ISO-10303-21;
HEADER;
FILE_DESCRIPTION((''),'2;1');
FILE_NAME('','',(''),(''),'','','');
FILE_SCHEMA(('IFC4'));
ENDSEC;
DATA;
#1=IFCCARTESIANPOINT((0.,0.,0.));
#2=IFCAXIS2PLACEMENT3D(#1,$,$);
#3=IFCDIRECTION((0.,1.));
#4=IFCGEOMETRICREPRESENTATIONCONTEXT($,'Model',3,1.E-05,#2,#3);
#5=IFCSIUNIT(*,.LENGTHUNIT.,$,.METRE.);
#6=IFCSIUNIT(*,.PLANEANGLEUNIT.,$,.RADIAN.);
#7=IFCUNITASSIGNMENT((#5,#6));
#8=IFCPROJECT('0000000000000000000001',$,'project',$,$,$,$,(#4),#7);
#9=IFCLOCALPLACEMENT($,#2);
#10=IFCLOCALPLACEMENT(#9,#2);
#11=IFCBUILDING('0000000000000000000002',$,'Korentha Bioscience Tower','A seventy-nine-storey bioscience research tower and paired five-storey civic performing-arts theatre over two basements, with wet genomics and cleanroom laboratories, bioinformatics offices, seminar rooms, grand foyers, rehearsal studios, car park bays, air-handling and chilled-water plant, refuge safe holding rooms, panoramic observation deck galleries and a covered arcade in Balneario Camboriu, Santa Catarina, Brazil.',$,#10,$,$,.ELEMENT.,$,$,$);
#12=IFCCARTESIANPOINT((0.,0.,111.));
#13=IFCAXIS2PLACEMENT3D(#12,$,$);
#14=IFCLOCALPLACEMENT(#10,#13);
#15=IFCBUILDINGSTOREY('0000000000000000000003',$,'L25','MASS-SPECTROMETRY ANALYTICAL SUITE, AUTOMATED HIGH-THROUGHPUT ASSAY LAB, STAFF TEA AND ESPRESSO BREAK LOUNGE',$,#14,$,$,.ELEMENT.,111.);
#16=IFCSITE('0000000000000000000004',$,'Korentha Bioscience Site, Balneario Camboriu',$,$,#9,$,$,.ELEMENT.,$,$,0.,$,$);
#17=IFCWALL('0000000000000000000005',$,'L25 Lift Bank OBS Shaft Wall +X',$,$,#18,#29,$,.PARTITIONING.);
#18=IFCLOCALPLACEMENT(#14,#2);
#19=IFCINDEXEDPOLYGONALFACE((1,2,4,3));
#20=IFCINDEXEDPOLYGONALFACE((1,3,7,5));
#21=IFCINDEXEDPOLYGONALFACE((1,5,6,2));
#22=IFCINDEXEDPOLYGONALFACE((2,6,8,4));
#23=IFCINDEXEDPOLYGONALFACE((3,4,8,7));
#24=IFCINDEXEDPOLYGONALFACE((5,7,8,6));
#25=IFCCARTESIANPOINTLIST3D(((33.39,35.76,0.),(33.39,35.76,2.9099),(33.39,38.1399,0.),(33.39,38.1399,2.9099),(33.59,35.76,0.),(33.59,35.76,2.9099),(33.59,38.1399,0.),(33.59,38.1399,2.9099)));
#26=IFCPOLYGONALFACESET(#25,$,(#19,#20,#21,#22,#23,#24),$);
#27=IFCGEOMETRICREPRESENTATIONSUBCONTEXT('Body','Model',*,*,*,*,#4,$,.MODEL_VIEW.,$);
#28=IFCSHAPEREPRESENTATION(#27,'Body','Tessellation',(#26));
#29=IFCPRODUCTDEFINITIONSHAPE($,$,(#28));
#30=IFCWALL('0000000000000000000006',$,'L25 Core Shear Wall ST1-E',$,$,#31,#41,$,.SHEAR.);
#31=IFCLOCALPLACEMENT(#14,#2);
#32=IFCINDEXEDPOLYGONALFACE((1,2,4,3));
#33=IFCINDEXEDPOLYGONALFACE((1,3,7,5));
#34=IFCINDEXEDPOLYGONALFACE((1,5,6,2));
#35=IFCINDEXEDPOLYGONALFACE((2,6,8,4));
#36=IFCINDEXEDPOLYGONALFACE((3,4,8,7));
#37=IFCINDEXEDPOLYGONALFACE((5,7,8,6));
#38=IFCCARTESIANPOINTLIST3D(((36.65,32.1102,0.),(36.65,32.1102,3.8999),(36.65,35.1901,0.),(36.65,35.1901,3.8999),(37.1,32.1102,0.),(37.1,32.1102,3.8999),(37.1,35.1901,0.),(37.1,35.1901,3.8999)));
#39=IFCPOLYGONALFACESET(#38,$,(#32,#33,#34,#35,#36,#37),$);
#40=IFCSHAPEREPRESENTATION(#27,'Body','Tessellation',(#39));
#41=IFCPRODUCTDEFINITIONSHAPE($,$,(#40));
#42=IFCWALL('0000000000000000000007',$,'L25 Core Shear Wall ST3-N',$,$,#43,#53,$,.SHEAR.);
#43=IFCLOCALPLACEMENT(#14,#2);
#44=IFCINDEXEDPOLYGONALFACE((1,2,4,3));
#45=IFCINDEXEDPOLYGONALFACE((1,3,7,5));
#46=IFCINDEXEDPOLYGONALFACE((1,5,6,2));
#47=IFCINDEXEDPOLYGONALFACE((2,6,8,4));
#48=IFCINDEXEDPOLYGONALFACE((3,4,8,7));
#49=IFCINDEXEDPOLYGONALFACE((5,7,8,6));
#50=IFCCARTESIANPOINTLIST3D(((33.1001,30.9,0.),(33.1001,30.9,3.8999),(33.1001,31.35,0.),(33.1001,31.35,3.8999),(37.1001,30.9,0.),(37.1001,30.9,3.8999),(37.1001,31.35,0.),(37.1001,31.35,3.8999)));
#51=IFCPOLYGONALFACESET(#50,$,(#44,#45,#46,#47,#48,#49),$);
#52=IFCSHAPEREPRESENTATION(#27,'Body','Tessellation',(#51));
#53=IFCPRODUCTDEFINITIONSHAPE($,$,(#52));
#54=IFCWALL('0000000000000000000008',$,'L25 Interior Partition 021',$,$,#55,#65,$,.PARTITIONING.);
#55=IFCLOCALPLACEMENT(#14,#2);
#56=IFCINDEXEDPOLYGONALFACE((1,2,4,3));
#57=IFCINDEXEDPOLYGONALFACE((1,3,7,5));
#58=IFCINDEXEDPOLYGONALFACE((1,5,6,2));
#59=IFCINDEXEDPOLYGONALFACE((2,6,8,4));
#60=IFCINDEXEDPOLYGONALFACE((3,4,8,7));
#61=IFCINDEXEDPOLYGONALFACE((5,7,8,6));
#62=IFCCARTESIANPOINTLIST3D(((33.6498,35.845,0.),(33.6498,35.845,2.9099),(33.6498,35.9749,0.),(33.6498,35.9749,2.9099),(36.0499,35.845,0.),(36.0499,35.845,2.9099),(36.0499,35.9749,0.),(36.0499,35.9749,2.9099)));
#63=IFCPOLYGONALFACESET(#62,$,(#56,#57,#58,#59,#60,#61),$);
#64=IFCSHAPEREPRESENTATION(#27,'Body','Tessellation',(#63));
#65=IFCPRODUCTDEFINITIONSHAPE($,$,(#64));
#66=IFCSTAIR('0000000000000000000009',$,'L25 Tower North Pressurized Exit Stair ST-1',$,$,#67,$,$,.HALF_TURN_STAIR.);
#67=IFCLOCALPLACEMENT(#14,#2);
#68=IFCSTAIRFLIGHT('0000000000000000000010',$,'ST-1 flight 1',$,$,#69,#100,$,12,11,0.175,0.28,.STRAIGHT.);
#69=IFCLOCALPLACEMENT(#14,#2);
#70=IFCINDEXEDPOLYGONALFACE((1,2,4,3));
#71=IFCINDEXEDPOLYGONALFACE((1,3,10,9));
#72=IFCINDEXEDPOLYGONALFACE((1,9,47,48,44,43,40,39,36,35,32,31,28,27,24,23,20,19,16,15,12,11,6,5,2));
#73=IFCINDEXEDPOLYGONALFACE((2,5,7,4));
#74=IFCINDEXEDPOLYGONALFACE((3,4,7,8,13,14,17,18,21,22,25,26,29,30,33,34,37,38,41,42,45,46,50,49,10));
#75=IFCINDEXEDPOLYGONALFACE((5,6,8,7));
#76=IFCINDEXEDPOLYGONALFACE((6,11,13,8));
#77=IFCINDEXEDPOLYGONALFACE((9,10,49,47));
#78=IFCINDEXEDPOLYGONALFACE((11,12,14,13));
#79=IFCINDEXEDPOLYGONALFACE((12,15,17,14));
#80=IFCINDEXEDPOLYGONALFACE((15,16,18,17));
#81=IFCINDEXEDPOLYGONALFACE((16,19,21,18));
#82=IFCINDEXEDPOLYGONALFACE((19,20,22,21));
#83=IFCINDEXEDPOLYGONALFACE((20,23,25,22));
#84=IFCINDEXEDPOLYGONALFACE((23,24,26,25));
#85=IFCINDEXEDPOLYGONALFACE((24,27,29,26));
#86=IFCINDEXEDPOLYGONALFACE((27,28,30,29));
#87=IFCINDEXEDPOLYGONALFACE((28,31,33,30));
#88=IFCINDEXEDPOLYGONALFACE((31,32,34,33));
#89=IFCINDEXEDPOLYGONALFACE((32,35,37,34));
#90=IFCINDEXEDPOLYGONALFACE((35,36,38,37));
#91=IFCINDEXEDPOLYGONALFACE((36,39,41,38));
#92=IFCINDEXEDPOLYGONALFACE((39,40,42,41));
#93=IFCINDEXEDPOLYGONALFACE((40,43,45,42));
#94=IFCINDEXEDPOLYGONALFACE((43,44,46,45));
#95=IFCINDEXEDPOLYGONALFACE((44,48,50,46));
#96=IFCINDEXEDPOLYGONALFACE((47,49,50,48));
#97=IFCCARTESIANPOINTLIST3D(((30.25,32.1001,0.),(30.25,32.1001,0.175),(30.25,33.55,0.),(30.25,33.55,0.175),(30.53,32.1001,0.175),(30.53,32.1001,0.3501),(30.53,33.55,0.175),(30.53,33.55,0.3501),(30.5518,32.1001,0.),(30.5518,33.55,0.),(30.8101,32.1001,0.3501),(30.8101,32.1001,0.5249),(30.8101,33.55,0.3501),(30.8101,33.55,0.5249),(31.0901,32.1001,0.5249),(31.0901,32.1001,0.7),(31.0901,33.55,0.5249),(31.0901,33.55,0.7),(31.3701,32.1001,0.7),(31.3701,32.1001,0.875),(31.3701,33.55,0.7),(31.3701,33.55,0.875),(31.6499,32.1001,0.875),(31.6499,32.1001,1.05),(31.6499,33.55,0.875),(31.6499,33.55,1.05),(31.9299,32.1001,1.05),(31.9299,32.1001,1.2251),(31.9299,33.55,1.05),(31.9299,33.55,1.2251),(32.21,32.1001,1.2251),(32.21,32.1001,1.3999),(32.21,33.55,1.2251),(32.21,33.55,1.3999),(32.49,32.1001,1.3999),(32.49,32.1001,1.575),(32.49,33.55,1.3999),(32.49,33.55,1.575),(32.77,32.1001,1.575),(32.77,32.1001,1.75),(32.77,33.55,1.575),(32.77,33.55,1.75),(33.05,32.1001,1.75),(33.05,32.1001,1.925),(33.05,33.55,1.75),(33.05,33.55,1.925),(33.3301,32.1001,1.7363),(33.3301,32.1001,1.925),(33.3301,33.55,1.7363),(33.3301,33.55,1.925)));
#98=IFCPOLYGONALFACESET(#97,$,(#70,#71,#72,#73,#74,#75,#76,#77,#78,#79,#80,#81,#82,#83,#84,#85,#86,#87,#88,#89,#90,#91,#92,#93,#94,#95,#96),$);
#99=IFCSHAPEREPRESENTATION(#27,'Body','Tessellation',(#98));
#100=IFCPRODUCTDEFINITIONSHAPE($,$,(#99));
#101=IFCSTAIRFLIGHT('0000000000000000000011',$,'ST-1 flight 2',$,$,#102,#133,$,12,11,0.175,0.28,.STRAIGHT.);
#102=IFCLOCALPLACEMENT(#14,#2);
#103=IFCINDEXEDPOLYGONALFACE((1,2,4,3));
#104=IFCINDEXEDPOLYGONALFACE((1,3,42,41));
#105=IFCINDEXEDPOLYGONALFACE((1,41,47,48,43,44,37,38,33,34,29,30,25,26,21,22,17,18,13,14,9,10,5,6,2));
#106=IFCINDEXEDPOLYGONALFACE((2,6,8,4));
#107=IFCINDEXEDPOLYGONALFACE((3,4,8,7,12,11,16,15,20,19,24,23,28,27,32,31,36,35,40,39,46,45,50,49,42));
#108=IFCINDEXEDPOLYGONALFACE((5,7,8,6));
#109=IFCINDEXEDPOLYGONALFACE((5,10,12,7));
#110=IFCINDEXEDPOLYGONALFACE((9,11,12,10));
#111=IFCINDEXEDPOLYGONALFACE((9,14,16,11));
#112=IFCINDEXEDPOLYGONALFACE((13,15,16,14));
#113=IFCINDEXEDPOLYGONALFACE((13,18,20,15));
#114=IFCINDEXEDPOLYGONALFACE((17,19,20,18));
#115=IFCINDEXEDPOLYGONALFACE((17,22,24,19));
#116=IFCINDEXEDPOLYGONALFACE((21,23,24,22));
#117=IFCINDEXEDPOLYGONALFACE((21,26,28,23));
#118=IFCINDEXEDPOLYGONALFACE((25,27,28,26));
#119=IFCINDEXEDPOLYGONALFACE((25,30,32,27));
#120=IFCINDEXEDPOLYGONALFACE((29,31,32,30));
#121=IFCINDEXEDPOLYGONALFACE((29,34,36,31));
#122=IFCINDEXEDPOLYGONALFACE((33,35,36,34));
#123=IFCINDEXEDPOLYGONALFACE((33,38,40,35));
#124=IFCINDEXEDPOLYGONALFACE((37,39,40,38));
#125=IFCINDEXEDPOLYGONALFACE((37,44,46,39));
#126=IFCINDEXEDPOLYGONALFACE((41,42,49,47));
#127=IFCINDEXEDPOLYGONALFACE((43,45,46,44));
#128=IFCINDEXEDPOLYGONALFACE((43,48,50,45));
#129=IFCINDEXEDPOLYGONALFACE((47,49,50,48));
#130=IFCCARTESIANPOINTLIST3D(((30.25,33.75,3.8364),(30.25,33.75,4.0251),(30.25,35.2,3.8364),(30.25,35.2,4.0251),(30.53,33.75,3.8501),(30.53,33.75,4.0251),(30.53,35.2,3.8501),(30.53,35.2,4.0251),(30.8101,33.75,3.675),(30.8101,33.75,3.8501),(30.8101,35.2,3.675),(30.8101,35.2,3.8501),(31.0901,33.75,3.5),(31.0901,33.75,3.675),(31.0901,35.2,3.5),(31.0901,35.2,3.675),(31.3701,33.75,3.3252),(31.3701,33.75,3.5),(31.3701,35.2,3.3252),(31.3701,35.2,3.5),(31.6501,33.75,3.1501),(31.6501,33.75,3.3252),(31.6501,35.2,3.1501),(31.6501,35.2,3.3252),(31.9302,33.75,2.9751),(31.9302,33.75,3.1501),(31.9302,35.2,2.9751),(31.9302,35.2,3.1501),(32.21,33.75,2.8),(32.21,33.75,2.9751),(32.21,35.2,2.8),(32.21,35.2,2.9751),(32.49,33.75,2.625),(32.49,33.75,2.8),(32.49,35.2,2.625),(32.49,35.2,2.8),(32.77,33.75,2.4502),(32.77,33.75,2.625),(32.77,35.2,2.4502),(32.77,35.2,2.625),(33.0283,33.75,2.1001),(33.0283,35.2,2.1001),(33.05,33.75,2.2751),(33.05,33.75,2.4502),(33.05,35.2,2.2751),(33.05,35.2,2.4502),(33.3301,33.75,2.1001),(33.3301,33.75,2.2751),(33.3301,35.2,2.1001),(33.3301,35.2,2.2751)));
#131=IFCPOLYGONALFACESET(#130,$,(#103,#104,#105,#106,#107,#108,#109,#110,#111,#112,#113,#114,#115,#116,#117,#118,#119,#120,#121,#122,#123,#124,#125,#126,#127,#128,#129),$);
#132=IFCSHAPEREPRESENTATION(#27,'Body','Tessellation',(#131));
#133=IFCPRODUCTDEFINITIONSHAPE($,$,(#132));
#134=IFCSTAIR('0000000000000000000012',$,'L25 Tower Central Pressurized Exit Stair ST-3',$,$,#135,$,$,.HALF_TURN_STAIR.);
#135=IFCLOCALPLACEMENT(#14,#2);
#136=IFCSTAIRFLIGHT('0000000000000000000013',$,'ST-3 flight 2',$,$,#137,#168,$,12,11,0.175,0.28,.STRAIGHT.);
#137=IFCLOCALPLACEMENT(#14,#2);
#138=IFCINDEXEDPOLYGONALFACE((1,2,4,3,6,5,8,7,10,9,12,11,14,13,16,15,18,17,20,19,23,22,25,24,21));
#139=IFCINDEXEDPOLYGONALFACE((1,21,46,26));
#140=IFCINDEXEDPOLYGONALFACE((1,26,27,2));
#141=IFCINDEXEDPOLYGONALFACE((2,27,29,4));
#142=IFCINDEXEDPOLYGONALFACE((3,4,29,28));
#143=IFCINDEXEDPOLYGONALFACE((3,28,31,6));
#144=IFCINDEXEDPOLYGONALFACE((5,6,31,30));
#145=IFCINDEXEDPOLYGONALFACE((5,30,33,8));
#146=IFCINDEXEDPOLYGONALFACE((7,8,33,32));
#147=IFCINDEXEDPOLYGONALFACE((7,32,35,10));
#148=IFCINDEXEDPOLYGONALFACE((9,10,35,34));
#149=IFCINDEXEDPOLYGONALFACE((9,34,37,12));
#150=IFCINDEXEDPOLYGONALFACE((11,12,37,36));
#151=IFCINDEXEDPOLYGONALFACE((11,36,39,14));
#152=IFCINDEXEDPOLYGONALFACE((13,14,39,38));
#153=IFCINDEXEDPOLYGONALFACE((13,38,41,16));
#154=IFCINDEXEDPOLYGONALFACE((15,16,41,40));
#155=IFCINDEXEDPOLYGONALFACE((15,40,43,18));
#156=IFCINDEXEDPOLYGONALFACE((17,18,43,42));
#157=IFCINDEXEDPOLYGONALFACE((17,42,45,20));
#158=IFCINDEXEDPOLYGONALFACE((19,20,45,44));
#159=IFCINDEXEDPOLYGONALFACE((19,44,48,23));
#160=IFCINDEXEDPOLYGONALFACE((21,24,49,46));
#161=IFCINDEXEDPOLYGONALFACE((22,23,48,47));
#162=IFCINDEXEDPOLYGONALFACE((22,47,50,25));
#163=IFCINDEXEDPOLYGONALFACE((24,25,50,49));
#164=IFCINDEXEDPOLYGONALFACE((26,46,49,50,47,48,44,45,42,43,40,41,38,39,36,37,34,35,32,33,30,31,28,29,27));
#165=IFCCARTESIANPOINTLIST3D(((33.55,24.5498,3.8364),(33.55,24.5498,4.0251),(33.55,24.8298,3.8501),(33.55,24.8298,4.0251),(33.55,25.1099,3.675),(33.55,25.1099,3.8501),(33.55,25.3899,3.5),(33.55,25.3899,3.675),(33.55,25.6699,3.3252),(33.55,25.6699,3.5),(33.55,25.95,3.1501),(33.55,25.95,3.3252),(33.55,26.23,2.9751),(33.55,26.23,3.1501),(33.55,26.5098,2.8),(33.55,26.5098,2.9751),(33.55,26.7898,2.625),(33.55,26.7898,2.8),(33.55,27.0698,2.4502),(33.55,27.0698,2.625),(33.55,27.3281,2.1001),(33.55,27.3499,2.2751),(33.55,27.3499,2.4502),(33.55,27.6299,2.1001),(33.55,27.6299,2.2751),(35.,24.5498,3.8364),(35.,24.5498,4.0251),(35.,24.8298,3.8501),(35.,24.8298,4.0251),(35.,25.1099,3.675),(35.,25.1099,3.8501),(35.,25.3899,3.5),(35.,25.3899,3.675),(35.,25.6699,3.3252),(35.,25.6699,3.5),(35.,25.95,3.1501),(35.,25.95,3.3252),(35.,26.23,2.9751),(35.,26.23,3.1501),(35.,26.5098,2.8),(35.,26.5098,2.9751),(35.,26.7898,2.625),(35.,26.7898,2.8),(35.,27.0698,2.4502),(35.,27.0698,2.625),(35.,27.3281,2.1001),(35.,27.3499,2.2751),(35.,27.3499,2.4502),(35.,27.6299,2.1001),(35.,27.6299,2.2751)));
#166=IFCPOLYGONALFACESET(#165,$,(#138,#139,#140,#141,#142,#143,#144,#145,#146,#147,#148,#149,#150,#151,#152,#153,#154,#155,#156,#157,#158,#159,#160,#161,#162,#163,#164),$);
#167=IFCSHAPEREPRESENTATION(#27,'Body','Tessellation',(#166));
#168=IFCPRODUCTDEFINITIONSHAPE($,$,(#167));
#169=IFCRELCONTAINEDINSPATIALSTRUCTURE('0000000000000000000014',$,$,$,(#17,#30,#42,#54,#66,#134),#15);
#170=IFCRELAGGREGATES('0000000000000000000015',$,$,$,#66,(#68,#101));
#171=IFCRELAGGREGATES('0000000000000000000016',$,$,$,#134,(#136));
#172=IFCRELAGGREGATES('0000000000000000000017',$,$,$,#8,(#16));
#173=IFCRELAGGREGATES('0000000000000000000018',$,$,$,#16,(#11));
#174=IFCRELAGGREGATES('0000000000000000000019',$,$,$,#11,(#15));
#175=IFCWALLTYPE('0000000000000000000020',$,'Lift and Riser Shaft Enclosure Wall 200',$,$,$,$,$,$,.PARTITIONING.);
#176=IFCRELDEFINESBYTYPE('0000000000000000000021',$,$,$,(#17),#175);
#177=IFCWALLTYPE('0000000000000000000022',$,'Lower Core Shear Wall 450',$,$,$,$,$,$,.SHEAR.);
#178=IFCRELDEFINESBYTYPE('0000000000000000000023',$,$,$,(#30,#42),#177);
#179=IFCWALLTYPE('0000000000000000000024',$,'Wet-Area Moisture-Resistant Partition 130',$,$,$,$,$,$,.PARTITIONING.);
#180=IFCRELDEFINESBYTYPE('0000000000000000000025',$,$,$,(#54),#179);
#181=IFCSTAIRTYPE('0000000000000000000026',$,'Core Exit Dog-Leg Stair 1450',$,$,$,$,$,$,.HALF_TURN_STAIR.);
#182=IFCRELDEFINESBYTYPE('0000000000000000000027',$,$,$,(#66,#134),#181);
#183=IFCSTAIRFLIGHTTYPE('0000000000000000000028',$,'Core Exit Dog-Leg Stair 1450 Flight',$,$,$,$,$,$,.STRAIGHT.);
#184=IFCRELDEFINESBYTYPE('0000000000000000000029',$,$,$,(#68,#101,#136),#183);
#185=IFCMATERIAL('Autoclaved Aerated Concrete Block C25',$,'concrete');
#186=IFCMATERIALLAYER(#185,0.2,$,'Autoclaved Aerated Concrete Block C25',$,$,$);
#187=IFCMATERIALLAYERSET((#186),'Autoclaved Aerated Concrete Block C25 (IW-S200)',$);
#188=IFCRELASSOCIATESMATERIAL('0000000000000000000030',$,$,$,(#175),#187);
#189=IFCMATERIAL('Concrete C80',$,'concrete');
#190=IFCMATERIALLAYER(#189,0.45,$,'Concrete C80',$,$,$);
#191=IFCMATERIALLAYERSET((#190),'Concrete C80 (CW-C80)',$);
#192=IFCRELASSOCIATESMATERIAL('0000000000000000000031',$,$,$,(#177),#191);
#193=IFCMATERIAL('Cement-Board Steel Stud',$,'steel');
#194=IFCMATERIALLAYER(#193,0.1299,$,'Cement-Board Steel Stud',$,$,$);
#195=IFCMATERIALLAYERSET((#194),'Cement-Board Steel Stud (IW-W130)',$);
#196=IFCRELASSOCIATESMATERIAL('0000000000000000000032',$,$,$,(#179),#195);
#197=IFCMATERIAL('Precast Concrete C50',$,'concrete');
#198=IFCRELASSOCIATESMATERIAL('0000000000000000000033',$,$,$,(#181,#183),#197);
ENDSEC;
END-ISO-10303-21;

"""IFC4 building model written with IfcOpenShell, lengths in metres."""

from ifc_helpers import new_model, si_unit, direction, frame, frame_2d, origin, place, context, subcontext, project, spatial, polyline, rectangle, outline, extrude, material, layer, layer_set, type_object, element, aggregate, save


model = new_model("IFC4")

# Units and contexts
model_context = context("Model", 3, precision=1e-05, world=origin(), true_north=direction((0.0, 1.0)))
body_context = subcontext(model_context, "Body", "Model", "MODEL_VIEW")
ifc_project = project(units=[si_unit("LENGTHUNIT", "METRE"), si_unit("PLANEANGLEUNIT", "RADIAN")], contexts=[model_context])

# Site, building, storey
site_placement = place(None, origin())
site = spatial("IfcSite", under=ifc_project, at=site_placement, Name="Korentha Bioscience Site, Balneario Camboriu", CompositionType="ELEMENT", RefElevation=0.0)
building_placement = place(site_placement, origin())
building = spatial("IfcBuilding", under=site, at=building_placement, Name="Korentha Bioscience Tower", Description="A seventy-nine-storey bioscience research tower and paired five-storey civic performing-arts theatre over two basements, with wet genomics and cleanroom laboratories, bioinformatics offices, seminar rooms, grand foyers, rehearsal studios, car park bays, air-handling and chilled-water plant, refuge safe holding rooms, panoramic observation deck galleries and a covered arcade in Balneario Camboriu, Santa Catarina, Brazil.", CompositionType="ELEMENT")
storey_placement = place(building_placement, frame((0.0, 0.0, 111.0)))
storey = spatial("IfcBuildingStorey", under=building, at=storey_placement, Name="L25", Description="MASS-SPECTROMETRY ANALYTICAL SUITE, AUTOMATED HIGH-THROUGHPUT ASSAY LAB, STAFF TEA AND ESPRESSO BREAK LOUNGE", CompositionType="ELEMENT", Elevation=111.0)

# Walls
ifc_material_1 = material(Name="Autoclaved Aerated Concrete Block C25", Category="concrete")
ifc_layer_1 = layer(ifc_material_1, 0.2, Name="Autoclaved Aerated Concrete Block C25")
ifc_layer_set_1 = layer_set([ifc_layer_1], Name="Autoclaved Aerated Concrete Block C25 (IW-S200)")
wall_type_1 = type_object("IfcWallType", Name="Lift and Riser Shaft Enclosure Wall 200", PredefinedType="PARTITIONING", material=ifc_layer_set_1)
wall_1_placement = place(storey_placement, frame((33.49, 35.76, 0.0), z_axis=(0.0, 0.0, 1.0), x_axis=(0.0, 1.0, 0.0)))
element("IfcWall", 1, at=wall_1_placement, inside=storey, type_object=wall_type_1, Name="L25 Lift Bank OBS Shaft Wall +X", PredefinedType="PARTITIONING", context=body_context, shape_type="SweptSolid", body=[
    extrude(rectangle(XDim=2.3799, YDim=0.2, at=frame_2d((1.1899, 0.0))), origin(), (0.0, 0.0, 1.0), 2.9099),
])
ifc_material_2 = material(Name="Concrete C80", Category="concrete")
ifc_layer_2 = layer(ifc_material_2, 0.45, Name="Concrete C80")
ifc_layer_set_2 = layer_set([ifc_layer_2], Name="Concrete C80 (CW-C80)")
wall_type_2 = type_object("IfcWallType", Name="Lower Core Shear Wall 450", PredefinedType="SHEAR", material=ifc_layer_set_2)
wall_2_placement = place(storey_placement, frame((36.875, 32.1101, 0.0), z_axis=(0.0, 0.0, 1.0), x_axis=(0.0, 1.0, 0.0)))
element("IfcWall", 2, at=wall_2_placement, inside=storey, type_object=wall_type_2, Name="L25 Core Shear Wall ST1-E", PredefinedType="SHEAR", context=body_context, shape_type="SweptSolid", body=[
    extrude(rectangle(XDim=3.0798, YDim=0.45, at=frame_2d((1.54, 0.0))), origin(), (0.0, 0.0, 1.0), 3.8999),
])
wall_3_placement = place(storey_placement, frame((33.1001, 31.125, 0.0), z_axis=(0.0, 0.0, 1.0), x_axis=(1.0, 0.0, 0.0)))
element("IfcWall", 3, at=wall_3_placement, inside=storey, type_object=wall_type_2, Name="L25 Core Shear Wall ST3-N", PredefinedType="SHEAR", context=body_context, shape_type="SweptSolid", body=[
    extrude(rectangle(XDim=4.0, YDim=0.45, at=frame_2d((2.0, 0.0))), origin(), (0.0, 0.0, 1.0), 3.8999),
])
ifc_material_3 = material(Name="Cement-Board Steel Stud", Category="steel")
ifc_layer_3 = layer(ifc_material_3, 0.1299, Name="Cement-Board Steel Stud")
ifc_layer_set_3 = layer_set([ifc_layer_3], Name="Cement-Board Steel Stud (IW-W130)")
wall_type_3 = type_object("IfcWallType", Name="Wet-Area Moisture-Resistant Partition 130", PredefinedType="PARTITIONING", material=ifc_layer_set_3)
wall_4_placement = place(storey_placement, frame((36.05, 35.9099, 0.0), z_axis=(0.0, 0.0, 1.0), x_axis=(-1.0, 0.0, 0.0)))
element("IfcWall", 4, at=wall_4_placement, inside=storey, type_object=wall_type_3, Name="L25 Interior Partition 021", PredefinedType="PARTITIONING", context=body_context, shape_type="SweptSolid", body=[
    extrude(rectangle(XDim=2.4001, YDim=0.1299, at=frame_2d((1.2002, 0.0))), origin(), (0.0, 0.0, 1.0), 2.9099),
])

# Stair, stair flights
ifc_material_4 = material(Name="Precast Concrete C50", Category="concrete")
stair_type = type_object("IfcStairType", Name="Core Exit Dog-Leg Stair 1450", PredefinedType="HALF_TURN_STAIR", material=ifc_material_4)
stair_1_placement = place(storey_placement, origin())
stair_1 = element("IfcStair", 5, at=stair_1_placement, inside=storey, type_object=stair_type, Name="L25 Tower North Pressurized Exit Stair ST-1", PredefinedType="HALF_TURN_STAIR")
stair_flight_type = type_object("IfcStairFlightType", Name="Core Exit Dog-Leg Stair 1450 Flight", PredefinedType="STRAIGHT", material=ifc_material_4)
stair_flight_1_placement = place(storey_placement, frame((30.25, 32.825, 0.0), z_axis=(0.0, 0.0, 1.0), x_axis=(1.0, 0.0, 0.0)))
stair_flight_1 = element("IfcStairFlight", 6, at=stair_flight_1_placement, type_object=stair_flight_type, Name="ST-1 flight 1", NumberOfRisers=12, NumberOfTreads=11, PredefinedType="STRAIGHT", RiserHeight=0.175, TreadLength=0.28, context=body_context, shape_type="SweptSolid", body=[
    extrude(outline(polyline([(0.0, 0.0), (0.0, 0.175), (0.28, 0.175), (0.28, 0.3501), (0.5601, 0.3501), (0.5601, 0.5249), (0.8401, 0.5249), (0.8401, 0.7), (1.1201, 0.7), (1.1201, 0.875), (1.3999, 0.875), (1.3999, 1.05), (1.6799, 1.05), (1.6799, 1.2251), (1.96, 1.2251), (1.96, 1.3999), (2.24, 1.3999), (2.24, 1.575), (2.52, 1.575), (2.52, 1.75), (2.8, 1.75), (2.8, 1.925), (3.0801, 1.925), (3.0801, 2.1001), (3.0801, 1.7363), (0.3018, 0.0), (0.0, 0.0)])), frame((0.0, 0.7251, 0.0), z_axis=(0.0, -1.0, 0.0), x_axis=(1.0, 0.0, 0.0)), (0.0, 0.0, 1.0), 1.45),
])
stair_flight_2_placement = place(storey_placement, frame((33.3301, 34.4751, 2.1001), z_axis=(0.0, 0.0, 1.0), x_axis=(-1.0, 0.0, 0.0)))
stair_flight_2 = element("IfcStairFlight", 7, at=stair_flight_2_placement, type_object=stair_flight_type, Name="ST-1 flight 2", NumberOfRisers=12, NumberOfTreads=11, PredefinedType="STRAIGHT", RiserHeight=0.175, TreadLength=0.28, context=body_context, shape_type="SweptSolid", body=[
    extrude(outline(polyline([(0.0, 0.0), (0.0, 0.175), (0.28, 0.175), (0.28, 0.3501), (0.5601, 0.3501), (0.5601, 0.5249), (0.8401, 0.5249), (0.8401, 0.7), (1.1201, 0.7), (1.1201, 0.875), (1.3999, 0.875), (1.3999, 1.05), (1.6799, 1.05), (1.6799, 1.2251), (1.96, 1.2251), (1.96, 1.3999), (2.24, 1.3999), (2.24, 1.575), (2.52, 1.575), (2.52, 1.75), (2.8, 1.75), (2.8, 1.925), (3.0801, 1.925), (3.0801, 2.1001), (3.0801, 1.7363), (0.3018, 0.0), (0.0, 0.0)])), frame((0.0, 0.7251, 0.0), z_axis=(0.0, -1.0, 0.0), x_axis=(1.0, 0.0, 0.0)), (0.0, 0.0, 1.0), 1.45),
])
aggregate(stair_1, [stair_flight_1, stair_flight_2])

# Stair, stair flight
stair_2_placement = place(storey_placement, origin())
stair_2 = element("IfcStair", 8, at=stair_2_placement, inside=storey, type_object=stair_type, Name="L25 Tower Central Pressurized Exit Stair ST-3", PredefinedType="HALF_TURN_STAIR")
stair_flight_3_placement = place(storey_placement, frame((34.2749, 27.6299, 2.1001), z_axis=(0.0, 0.0, 1.0), x_axis=(0.0, -1.0, 0.0)))
stair_flight_3 = element("IfcStairFlight", 9, at=stair_flight_3_placement, type_object=stair_flight_type, Name="ST-3 flight 2", NumberOfRisers=12, NumberOfTreads=11, PredefinedType="STRAIGHT", RiserHeight=0.175, TreadLength=0.28, context=body_context, shape_type="SweptSolid", body=[
    extrude(outline(polyline([(0.0, 0.0), (0.0, 0.175), (0.28, 0.175), (0.28, 0.3501), (0.5601, 0.3501), (0.5601, 0.5249), (0.8401, 0.5249), (0.8401, 0.7), (1.1201, 0.7), (1.1201, 0.875), (1.3999, 0.875), (1.3999, 1.05), (1.6799, 1.05), (1.6799, 1.2251), (1.96, 1.2251), (1.96, 1.3999), (2.24, 1.3999), (2.24, 1.575), (2.52, 1.575), (2.52, 1.75), (2.8, 1.75), (2.8, 1.925), (3.0801, 1.925), (3.0801, 2.1001), (3.0801, 1.7363), (0.3018, 0.0), (0.0, 0.0)])), frame((0.0, 0.7251, 0.0), z_axis=(0.0, -1.0, 0.0), x_axis=(1.0, 0.0, 0.0)), (0.0, 0.0, 1.0), 1.45),
])
aggregate(stair_2, [stair_flight_3])

save(model, "model.ifc")
